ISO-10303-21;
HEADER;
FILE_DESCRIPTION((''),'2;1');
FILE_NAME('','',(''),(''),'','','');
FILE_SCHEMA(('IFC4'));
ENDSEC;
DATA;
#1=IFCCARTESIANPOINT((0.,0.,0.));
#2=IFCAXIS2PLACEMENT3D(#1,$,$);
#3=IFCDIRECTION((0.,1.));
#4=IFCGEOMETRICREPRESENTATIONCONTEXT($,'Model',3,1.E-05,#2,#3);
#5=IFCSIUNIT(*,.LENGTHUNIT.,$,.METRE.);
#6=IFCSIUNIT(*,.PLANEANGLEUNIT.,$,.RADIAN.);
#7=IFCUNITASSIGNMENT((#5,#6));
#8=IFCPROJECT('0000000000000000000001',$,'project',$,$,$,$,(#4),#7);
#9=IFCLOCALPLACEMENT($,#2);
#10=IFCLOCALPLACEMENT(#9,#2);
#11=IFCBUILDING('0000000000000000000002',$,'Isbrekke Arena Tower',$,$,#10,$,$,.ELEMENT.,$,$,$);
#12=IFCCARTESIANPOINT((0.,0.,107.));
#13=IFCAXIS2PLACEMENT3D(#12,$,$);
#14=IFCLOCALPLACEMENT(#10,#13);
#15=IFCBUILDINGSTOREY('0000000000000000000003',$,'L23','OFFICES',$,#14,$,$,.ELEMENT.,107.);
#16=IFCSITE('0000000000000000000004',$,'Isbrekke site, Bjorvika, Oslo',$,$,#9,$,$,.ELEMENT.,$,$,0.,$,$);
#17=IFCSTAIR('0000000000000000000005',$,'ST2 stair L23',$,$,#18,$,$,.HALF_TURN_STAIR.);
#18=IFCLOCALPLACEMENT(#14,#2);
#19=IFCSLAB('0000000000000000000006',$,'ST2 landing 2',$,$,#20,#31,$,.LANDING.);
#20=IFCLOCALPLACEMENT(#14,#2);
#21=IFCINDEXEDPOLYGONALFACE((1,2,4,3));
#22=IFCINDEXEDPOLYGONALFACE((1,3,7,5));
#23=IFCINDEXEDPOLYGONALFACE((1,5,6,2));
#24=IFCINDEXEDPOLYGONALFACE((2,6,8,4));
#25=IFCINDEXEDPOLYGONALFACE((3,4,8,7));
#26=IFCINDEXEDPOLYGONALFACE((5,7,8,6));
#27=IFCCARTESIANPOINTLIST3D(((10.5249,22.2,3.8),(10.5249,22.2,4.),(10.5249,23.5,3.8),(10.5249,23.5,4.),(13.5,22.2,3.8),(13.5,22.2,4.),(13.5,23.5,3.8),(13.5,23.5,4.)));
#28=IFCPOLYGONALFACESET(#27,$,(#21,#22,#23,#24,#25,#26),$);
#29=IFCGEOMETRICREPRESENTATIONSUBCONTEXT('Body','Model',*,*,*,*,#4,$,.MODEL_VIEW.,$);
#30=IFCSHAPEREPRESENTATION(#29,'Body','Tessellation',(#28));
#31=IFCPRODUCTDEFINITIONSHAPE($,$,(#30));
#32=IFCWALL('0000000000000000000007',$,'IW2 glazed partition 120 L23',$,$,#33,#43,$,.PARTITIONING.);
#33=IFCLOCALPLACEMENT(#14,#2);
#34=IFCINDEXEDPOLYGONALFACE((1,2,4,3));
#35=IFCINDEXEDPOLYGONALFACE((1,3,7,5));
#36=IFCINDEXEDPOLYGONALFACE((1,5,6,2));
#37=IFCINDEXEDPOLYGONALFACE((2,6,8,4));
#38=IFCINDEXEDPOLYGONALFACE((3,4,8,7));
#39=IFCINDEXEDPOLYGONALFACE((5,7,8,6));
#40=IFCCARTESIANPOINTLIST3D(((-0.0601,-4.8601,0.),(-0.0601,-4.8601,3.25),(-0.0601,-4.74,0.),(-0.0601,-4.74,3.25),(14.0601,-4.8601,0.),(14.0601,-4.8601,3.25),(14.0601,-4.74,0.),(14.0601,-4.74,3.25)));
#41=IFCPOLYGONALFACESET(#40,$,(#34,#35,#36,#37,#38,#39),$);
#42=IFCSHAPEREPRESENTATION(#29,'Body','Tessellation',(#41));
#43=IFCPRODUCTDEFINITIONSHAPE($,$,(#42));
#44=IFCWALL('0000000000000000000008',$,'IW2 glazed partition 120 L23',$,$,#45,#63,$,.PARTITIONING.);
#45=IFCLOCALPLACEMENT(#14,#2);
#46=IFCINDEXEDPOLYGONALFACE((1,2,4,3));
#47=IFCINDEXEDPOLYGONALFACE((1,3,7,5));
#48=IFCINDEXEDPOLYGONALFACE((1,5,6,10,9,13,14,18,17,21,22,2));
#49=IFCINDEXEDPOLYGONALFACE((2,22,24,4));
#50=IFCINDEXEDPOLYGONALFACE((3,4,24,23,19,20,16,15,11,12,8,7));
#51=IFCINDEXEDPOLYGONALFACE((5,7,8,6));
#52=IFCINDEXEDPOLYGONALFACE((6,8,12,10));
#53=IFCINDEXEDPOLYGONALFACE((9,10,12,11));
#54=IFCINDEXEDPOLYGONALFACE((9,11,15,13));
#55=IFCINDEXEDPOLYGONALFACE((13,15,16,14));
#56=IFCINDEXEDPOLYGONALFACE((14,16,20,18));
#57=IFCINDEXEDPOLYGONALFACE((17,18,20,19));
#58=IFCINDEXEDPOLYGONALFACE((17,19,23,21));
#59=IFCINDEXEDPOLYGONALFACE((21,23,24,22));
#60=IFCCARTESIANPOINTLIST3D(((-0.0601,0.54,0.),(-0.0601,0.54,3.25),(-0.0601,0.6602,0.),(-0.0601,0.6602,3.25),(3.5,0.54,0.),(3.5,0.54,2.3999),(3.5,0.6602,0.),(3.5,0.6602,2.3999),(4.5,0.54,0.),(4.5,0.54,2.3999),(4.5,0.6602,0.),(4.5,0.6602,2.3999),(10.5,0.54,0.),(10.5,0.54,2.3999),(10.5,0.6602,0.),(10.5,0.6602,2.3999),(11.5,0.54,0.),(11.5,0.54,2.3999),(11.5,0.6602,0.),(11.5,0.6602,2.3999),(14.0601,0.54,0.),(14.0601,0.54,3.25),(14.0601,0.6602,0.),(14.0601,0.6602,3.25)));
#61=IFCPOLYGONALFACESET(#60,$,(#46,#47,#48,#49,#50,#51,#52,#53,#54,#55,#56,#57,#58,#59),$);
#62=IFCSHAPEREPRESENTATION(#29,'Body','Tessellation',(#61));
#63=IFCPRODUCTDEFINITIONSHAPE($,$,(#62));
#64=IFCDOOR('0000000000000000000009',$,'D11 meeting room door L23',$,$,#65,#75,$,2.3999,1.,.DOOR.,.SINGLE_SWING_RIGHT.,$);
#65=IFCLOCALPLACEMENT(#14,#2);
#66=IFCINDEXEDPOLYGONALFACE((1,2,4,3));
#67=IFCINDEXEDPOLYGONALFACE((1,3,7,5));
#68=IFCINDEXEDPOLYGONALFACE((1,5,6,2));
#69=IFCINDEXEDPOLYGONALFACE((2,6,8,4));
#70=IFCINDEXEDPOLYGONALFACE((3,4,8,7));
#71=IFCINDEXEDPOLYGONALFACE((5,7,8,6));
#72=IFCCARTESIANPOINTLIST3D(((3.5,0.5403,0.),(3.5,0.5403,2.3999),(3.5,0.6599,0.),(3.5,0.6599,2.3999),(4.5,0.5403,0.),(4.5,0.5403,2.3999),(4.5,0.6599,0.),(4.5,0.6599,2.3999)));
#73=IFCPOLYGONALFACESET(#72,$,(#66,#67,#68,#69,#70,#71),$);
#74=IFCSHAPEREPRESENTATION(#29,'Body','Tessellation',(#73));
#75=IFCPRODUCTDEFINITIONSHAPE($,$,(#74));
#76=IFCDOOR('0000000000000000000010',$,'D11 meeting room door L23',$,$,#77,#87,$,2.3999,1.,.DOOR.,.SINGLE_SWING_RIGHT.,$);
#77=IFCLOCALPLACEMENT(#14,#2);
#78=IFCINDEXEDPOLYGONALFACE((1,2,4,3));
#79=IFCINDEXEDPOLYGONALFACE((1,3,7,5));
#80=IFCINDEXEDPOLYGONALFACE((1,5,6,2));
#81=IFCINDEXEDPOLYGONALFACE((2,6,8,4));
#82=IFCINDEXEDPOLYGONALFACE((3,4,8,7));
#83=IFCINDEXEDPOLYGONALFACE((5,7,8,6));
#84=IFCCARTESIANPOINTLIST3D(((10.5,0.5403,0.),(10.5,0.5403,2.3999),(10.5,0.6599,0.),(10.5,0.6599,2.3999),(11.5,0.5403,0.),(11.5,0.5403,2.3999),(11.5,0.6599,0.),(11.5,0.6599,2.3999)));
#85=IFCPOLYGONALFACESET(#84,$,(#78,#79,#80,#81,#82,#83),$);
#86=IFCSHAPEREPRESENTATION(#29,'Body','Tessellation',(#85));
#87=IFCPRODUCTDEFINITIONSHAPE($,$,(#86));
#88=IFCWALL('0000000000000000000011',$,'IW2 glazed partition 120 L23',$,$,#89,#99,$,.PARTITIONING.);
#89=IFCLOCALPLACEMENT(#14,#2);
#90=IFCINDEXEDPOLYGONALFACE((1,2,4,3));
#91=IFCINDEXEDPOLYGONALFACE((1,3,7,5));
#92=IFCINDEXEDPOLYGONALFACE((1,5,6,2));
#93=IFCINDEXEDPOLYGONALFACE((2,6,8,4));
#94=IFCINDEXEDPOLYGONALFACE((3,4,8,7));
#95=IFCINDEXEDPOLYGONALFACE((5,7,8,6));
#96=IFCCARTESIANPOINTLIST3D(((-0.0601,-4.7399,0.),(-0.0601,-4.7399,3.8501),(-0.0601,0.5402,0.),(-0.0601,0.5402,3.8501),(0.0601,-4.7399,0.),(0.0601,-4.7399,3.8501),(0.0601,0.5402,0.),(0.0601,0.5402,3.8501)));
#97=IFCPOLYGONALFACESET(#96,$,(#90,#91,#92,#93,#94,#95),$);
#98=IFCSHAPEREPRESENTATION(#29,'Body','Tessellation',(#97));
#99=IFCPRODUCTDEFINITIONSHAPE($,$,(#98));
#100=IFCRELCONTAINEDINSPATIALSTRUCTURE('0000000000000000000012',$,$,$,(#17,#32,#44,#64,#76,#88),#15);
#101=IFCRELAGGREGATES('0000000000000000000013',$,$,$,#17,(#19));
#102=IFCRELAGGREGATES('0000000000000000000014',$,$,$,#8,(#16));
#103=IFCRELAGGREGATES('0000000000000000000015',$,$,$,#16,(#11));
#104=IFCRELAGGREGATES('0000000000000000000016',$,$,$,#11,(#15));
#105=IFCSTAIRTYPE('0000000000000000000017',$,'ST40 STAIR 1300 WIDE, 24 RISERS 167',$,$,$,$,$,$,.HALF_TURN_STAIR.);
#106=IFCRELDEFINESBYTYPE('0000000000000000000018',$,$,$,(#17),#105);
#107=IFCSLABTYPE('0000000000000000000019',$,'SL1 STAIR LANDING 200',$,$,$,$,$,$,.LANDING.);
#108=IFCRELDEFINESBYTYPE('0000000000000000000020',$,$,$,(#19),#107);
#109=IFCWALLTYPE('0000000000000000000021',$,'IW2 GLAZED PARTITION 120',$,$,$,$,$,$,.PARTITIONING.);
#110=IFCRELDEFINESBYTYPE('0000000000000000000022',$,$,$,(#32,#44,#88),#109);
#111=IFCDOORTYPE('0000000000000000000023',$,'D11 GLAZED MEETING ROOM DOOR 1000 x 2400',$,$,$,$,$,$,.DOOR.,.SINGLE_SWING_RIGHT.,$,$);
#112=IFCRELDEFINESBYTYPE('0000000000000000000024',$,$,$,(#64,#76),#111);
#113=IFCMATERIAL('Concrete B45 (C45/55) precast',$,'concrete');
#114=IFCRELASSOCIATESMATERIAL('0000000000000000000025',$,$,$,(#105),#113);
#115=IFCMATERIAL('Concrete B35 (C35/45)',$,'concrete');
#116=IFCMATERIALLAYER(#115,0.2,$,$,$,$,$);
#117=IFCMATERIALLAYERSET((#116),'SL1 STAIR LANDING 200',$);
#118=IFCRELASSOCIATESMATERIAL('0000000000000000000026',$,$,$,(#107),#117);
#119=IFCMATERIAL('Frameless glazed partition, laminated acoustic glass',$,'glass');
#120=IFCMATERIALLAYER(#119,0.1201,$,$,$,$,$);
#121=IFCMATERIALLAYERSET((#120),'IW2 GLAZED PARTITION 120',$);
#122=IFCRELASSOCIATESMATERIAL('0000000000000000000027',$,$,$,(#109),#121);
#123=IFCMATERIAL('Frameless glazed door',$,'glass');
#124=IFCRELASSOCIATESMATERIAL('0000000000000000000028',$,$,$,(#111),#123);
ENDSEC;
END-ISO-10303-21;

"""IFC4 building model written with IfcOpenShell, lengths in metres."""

from ifc_helpers import new_model, si_unit, direction, frame, frame_2d, origin, place, context, subcontext, project, spatial, polyline, rectangle, outline, extrude, material, layer, layer_set, type_object, element, fill, aggregate, save


model = new_model("IFC4")

# Units and contexts
model_context = context("Model", 3, precision=1e-05, world=origin(), true_north=direction((0.0, 1.0)))
body_context = subcontext(model_context, "Body", "Model", "MODEL_VIEW")
ifc_project = project(units=[si_unit("LENGTHUNIT", "METRE"), si_unit("PLANEANGLEUNIT", "RADIAN")], contexts=[model_context])

# Site, building, storey
site_placement = place(None, origin())
site = spatial("IfcSite", under=ifc_project, at=site_placement, Name="Isbrekke site, Bjorvika, Oslo", CompositionType="ELEMENT", RefElevation=0.0)
building_placement = place(site_placement, origin())
building = spatial("IfcBuilding", under=site, at=building_placement, Name="Isbrekke Arena Tower", CompositionType="ELEMENT")
storey_placement = place(building_placement, frame((0.0, 0.0, 107.0)))
storey = spatial("IfcBuildingStorey", under=building, at=storey_placement, Name="L23", Description="OFFICES", CompositionType="ELEMENT", Elevation=107.0)

# Stair, slab
ifc_material_1 = material(Name="Concrete B45 (C45/55) precast", Category="concrete")
stair_type = type_object("IfcStairType", Name="ST40 STAIR 1300 WIDE, 24 RISERS 167", PredefinedType="HALF_TURN_STAIR", material=ifc_material_1)
ifc_material_2 = material(Name="Concrete B35 (C35/45)", Category="concrete")
ifc_layer_1 = layer(ifc_material_2, 0.2)
ifc_layer_set_1 = layer_set([ifc_layer_1], Name="SL1 STAIR LANDING 200")
slab_type_1 = type_object("IfcSlabType", Name="SL1 STAIR LANDING 200", PredefinedType="LANDING", material=ifc_layer_set_1)
stair_1_placement = place(storey_placement, origin())
stair_1 = element("IfcStair", 1, at=stair_1_placement, inside=storey, type_object=stair_type, Name="ST2 stair L23", PredefinedType="HALF_TURN_STAIR")
slab_1_placement = place(storey_placement, frame((0.0, 0.0, 3.8)))
slab_1 = element("IfcSlab", 2, at=slab_1_placement, type_object=slab_type_1, Name="ST2 landing 2", PredefinedType="LANDING", context=body_context, shape_type="SweptSolid", body=[
    extrude(outline(polyline([(10.5249, 22.2), (13.5, 22.2), (13.5, 23.5), (10.5249, 23.5), (10.5249, 22.2)])), origin(), (0.0, 0.0, 1.0), 0.2),
])
aggregate(stair_1, [slab_1])

# Wall
ifc_material_3 = material(Name="Frameless glazed partition, laminated acoustic glass", Category="glass")
ifc_layer_2 = layer(ifc_material_3, 0.1201)
ifc_layer_set_2 = layer_set([ifc_layer_2], Name="IW2 GLAZED PARTITION 120")
wall_type = type_object("IfcWallType", Name="IW2 GLAZED PARTITION 120", PredefinedType="PARTITIONING", material=ifc_layer_set_2)
wall_1_placement = place(storey_placement, frame((-0.0601, -4.8, 0.0), z_axis=(0.0, 0.0, 1.0), x_axis=(1.0, 0.0, 0.0)))
element("IfcWall", 3, at=wall_1_placement, inside=storey, type_object=wall_type, Name="IW2 glazed partition 120 L23", PredefinedType="PARTITIONING", context=body_context, shape_type="SweptSolid", body=[
    extrude(rectangle(XDim=14.1201, YDim=0.1201, at=frame_2d((7.0601, 0.0))), origin(), (0.0, 0.0, 1.0), 3.25),
])

# Wall, openings, doors
wall_2_placement = place(storey_placement, frame((-0.0601, 0.6001, 0.0), z_axis=(0.0, 0.0, 1.0), x_axis=(1.0, 0.0, 0.0)))
wall_2 = element("IfcWall", 4, at=wall_2_placement, inside=storey, type_object=wall_type, Name="IW2 glazed partition 120 L23", PredefinedType="PARTITIONING", context=body_context, shape_type="SweptSolid", body=[
    extrude(rectangle(XDim=14.1201, YDim=0.1201, at=frame_2d((7.0601, 0.0))), origin(), (0.0, 0.0, 1.0), 3.25),
])
opening_1_placement = place(wall_2_placement, frame((3.5601, 0.0, 0.0)))
opening_1 = element("IfcOpeningElement", 5, at=opening_1_placement, cuts=wall_2, PredefinedType="OPENING", context=body_context, shape_type="SweptSolid", body=[
    extrude(rectangle(XDim=1.0, YDim=2.3999, at=frame_2d((0.5, 1.2))), frame((0.0, 0.075, 0.0), z_axis=(0.0, -1.0, 0.0), x_axis=(1.0, 0.0, 0.0)), (0.0, 0.0, 1.0), 0.1499),
])
opening_2_placement = place(wall_2_placement, frame((10.5601, 0.0, 0.0)))
opening_2 = element("IfcOpeningElement", 6, at=opening_2_placement, cuts=wall_2, PredefinedType="OPENING", context=body_context, shape_type="SweptSolid", body=[
    extrude(rectangle(XDim=1.0, YDim=2.3999, at=frame_2d((0.5, 1.2))), frame((0.0, 0.075, 0.0), z_axis=(0.0, -1.0, 0.0), x_axis=(1.0, 0.0, 0.0)), (0.0, 0.0, 1.0), 0.1499),
])
ifc_material_4 = material(Name="Frameless glazed door", Category="glass")
door_type = type_object("IfcDoorType", Name="D11 GLAZED MEETING ROOM DOOR 1000 x 2400", OperationType="SINGLE_SWING_RIGHT", PredefinedType="DOOR", material=ifc_material_4)
door_1_placement = place(opening_1_placement, origin())
door_1 = element("IfcDoor", 7, at=door_1_placement, inside=storey, type_object=door_type, Name="D11 meeting room door L23", OperationType="SINGLE_SWING_RIGHT", OverallHeight=2.3999, OverallWidth=1.0, PredefinedType="DOOR", context=body_context, shape_type="SweptSolid", body=[
    extrude(rectangle(XDim=1.0, YDim=2.3999, at=frame_2d((0.5, 1.2))), frame((0.0, 0.0598, 0.0), z_axis=(0.0, -1.0, 0.0), x_axis=(1.0, 0.0, 0.0)), (0.0, 0.0, 1.0), 0.1196),
])
fill(opening_1, door_1)
door_2_placement = place(opening_2_placement, origin())
door_2 = element("IfcDoor", 8, at=door_2_placement, inside=storey, type_object=door_type, Name="D11 meeting room door L23", OperationType="SINGLE_SWING_RIGHT", OverallHeight=2.3999, OverallWidth=1.0, PredefinedType="DOOR", context=body_context, shape_type="SweptSolid", body=[
    extrude(rectangle(XDim=1.0, YDim=2.3999, at=frame_2d((0.5, 1.2))), frame((0.0, 0.0598, 0.0), z_axis=(0.0, -1.0, 0.0), x_axis=(1.0, 0.0, 0.0)), (0.0, 0.0, 1.0), 0.1196),
])
fill(opening_2, door_2)

# Wall
wall_3_placement = place(storey_placement, frame((0.0, -4.74, 0.0), z_axis=(0.0, 0.0, 1.0), x_axis=(0.0, 1.0, 0.0)))
element("IfcWall", 9, at=wall_3_placement, inside=storey, type_object=wall_type, Name="IW2 glazed partition 120 L23", PredefinedType="PARTITIONING", context=body_context, shape_type="SweptSolid", body=[
    extrude(rectangle(XDim=5.28, YDim=0.1201, at=frame_2d((2.6401, 0.0))), origin(), (0.0, 0.0, 1.0), 3.8501),
])

save(model, "model.ifc")
